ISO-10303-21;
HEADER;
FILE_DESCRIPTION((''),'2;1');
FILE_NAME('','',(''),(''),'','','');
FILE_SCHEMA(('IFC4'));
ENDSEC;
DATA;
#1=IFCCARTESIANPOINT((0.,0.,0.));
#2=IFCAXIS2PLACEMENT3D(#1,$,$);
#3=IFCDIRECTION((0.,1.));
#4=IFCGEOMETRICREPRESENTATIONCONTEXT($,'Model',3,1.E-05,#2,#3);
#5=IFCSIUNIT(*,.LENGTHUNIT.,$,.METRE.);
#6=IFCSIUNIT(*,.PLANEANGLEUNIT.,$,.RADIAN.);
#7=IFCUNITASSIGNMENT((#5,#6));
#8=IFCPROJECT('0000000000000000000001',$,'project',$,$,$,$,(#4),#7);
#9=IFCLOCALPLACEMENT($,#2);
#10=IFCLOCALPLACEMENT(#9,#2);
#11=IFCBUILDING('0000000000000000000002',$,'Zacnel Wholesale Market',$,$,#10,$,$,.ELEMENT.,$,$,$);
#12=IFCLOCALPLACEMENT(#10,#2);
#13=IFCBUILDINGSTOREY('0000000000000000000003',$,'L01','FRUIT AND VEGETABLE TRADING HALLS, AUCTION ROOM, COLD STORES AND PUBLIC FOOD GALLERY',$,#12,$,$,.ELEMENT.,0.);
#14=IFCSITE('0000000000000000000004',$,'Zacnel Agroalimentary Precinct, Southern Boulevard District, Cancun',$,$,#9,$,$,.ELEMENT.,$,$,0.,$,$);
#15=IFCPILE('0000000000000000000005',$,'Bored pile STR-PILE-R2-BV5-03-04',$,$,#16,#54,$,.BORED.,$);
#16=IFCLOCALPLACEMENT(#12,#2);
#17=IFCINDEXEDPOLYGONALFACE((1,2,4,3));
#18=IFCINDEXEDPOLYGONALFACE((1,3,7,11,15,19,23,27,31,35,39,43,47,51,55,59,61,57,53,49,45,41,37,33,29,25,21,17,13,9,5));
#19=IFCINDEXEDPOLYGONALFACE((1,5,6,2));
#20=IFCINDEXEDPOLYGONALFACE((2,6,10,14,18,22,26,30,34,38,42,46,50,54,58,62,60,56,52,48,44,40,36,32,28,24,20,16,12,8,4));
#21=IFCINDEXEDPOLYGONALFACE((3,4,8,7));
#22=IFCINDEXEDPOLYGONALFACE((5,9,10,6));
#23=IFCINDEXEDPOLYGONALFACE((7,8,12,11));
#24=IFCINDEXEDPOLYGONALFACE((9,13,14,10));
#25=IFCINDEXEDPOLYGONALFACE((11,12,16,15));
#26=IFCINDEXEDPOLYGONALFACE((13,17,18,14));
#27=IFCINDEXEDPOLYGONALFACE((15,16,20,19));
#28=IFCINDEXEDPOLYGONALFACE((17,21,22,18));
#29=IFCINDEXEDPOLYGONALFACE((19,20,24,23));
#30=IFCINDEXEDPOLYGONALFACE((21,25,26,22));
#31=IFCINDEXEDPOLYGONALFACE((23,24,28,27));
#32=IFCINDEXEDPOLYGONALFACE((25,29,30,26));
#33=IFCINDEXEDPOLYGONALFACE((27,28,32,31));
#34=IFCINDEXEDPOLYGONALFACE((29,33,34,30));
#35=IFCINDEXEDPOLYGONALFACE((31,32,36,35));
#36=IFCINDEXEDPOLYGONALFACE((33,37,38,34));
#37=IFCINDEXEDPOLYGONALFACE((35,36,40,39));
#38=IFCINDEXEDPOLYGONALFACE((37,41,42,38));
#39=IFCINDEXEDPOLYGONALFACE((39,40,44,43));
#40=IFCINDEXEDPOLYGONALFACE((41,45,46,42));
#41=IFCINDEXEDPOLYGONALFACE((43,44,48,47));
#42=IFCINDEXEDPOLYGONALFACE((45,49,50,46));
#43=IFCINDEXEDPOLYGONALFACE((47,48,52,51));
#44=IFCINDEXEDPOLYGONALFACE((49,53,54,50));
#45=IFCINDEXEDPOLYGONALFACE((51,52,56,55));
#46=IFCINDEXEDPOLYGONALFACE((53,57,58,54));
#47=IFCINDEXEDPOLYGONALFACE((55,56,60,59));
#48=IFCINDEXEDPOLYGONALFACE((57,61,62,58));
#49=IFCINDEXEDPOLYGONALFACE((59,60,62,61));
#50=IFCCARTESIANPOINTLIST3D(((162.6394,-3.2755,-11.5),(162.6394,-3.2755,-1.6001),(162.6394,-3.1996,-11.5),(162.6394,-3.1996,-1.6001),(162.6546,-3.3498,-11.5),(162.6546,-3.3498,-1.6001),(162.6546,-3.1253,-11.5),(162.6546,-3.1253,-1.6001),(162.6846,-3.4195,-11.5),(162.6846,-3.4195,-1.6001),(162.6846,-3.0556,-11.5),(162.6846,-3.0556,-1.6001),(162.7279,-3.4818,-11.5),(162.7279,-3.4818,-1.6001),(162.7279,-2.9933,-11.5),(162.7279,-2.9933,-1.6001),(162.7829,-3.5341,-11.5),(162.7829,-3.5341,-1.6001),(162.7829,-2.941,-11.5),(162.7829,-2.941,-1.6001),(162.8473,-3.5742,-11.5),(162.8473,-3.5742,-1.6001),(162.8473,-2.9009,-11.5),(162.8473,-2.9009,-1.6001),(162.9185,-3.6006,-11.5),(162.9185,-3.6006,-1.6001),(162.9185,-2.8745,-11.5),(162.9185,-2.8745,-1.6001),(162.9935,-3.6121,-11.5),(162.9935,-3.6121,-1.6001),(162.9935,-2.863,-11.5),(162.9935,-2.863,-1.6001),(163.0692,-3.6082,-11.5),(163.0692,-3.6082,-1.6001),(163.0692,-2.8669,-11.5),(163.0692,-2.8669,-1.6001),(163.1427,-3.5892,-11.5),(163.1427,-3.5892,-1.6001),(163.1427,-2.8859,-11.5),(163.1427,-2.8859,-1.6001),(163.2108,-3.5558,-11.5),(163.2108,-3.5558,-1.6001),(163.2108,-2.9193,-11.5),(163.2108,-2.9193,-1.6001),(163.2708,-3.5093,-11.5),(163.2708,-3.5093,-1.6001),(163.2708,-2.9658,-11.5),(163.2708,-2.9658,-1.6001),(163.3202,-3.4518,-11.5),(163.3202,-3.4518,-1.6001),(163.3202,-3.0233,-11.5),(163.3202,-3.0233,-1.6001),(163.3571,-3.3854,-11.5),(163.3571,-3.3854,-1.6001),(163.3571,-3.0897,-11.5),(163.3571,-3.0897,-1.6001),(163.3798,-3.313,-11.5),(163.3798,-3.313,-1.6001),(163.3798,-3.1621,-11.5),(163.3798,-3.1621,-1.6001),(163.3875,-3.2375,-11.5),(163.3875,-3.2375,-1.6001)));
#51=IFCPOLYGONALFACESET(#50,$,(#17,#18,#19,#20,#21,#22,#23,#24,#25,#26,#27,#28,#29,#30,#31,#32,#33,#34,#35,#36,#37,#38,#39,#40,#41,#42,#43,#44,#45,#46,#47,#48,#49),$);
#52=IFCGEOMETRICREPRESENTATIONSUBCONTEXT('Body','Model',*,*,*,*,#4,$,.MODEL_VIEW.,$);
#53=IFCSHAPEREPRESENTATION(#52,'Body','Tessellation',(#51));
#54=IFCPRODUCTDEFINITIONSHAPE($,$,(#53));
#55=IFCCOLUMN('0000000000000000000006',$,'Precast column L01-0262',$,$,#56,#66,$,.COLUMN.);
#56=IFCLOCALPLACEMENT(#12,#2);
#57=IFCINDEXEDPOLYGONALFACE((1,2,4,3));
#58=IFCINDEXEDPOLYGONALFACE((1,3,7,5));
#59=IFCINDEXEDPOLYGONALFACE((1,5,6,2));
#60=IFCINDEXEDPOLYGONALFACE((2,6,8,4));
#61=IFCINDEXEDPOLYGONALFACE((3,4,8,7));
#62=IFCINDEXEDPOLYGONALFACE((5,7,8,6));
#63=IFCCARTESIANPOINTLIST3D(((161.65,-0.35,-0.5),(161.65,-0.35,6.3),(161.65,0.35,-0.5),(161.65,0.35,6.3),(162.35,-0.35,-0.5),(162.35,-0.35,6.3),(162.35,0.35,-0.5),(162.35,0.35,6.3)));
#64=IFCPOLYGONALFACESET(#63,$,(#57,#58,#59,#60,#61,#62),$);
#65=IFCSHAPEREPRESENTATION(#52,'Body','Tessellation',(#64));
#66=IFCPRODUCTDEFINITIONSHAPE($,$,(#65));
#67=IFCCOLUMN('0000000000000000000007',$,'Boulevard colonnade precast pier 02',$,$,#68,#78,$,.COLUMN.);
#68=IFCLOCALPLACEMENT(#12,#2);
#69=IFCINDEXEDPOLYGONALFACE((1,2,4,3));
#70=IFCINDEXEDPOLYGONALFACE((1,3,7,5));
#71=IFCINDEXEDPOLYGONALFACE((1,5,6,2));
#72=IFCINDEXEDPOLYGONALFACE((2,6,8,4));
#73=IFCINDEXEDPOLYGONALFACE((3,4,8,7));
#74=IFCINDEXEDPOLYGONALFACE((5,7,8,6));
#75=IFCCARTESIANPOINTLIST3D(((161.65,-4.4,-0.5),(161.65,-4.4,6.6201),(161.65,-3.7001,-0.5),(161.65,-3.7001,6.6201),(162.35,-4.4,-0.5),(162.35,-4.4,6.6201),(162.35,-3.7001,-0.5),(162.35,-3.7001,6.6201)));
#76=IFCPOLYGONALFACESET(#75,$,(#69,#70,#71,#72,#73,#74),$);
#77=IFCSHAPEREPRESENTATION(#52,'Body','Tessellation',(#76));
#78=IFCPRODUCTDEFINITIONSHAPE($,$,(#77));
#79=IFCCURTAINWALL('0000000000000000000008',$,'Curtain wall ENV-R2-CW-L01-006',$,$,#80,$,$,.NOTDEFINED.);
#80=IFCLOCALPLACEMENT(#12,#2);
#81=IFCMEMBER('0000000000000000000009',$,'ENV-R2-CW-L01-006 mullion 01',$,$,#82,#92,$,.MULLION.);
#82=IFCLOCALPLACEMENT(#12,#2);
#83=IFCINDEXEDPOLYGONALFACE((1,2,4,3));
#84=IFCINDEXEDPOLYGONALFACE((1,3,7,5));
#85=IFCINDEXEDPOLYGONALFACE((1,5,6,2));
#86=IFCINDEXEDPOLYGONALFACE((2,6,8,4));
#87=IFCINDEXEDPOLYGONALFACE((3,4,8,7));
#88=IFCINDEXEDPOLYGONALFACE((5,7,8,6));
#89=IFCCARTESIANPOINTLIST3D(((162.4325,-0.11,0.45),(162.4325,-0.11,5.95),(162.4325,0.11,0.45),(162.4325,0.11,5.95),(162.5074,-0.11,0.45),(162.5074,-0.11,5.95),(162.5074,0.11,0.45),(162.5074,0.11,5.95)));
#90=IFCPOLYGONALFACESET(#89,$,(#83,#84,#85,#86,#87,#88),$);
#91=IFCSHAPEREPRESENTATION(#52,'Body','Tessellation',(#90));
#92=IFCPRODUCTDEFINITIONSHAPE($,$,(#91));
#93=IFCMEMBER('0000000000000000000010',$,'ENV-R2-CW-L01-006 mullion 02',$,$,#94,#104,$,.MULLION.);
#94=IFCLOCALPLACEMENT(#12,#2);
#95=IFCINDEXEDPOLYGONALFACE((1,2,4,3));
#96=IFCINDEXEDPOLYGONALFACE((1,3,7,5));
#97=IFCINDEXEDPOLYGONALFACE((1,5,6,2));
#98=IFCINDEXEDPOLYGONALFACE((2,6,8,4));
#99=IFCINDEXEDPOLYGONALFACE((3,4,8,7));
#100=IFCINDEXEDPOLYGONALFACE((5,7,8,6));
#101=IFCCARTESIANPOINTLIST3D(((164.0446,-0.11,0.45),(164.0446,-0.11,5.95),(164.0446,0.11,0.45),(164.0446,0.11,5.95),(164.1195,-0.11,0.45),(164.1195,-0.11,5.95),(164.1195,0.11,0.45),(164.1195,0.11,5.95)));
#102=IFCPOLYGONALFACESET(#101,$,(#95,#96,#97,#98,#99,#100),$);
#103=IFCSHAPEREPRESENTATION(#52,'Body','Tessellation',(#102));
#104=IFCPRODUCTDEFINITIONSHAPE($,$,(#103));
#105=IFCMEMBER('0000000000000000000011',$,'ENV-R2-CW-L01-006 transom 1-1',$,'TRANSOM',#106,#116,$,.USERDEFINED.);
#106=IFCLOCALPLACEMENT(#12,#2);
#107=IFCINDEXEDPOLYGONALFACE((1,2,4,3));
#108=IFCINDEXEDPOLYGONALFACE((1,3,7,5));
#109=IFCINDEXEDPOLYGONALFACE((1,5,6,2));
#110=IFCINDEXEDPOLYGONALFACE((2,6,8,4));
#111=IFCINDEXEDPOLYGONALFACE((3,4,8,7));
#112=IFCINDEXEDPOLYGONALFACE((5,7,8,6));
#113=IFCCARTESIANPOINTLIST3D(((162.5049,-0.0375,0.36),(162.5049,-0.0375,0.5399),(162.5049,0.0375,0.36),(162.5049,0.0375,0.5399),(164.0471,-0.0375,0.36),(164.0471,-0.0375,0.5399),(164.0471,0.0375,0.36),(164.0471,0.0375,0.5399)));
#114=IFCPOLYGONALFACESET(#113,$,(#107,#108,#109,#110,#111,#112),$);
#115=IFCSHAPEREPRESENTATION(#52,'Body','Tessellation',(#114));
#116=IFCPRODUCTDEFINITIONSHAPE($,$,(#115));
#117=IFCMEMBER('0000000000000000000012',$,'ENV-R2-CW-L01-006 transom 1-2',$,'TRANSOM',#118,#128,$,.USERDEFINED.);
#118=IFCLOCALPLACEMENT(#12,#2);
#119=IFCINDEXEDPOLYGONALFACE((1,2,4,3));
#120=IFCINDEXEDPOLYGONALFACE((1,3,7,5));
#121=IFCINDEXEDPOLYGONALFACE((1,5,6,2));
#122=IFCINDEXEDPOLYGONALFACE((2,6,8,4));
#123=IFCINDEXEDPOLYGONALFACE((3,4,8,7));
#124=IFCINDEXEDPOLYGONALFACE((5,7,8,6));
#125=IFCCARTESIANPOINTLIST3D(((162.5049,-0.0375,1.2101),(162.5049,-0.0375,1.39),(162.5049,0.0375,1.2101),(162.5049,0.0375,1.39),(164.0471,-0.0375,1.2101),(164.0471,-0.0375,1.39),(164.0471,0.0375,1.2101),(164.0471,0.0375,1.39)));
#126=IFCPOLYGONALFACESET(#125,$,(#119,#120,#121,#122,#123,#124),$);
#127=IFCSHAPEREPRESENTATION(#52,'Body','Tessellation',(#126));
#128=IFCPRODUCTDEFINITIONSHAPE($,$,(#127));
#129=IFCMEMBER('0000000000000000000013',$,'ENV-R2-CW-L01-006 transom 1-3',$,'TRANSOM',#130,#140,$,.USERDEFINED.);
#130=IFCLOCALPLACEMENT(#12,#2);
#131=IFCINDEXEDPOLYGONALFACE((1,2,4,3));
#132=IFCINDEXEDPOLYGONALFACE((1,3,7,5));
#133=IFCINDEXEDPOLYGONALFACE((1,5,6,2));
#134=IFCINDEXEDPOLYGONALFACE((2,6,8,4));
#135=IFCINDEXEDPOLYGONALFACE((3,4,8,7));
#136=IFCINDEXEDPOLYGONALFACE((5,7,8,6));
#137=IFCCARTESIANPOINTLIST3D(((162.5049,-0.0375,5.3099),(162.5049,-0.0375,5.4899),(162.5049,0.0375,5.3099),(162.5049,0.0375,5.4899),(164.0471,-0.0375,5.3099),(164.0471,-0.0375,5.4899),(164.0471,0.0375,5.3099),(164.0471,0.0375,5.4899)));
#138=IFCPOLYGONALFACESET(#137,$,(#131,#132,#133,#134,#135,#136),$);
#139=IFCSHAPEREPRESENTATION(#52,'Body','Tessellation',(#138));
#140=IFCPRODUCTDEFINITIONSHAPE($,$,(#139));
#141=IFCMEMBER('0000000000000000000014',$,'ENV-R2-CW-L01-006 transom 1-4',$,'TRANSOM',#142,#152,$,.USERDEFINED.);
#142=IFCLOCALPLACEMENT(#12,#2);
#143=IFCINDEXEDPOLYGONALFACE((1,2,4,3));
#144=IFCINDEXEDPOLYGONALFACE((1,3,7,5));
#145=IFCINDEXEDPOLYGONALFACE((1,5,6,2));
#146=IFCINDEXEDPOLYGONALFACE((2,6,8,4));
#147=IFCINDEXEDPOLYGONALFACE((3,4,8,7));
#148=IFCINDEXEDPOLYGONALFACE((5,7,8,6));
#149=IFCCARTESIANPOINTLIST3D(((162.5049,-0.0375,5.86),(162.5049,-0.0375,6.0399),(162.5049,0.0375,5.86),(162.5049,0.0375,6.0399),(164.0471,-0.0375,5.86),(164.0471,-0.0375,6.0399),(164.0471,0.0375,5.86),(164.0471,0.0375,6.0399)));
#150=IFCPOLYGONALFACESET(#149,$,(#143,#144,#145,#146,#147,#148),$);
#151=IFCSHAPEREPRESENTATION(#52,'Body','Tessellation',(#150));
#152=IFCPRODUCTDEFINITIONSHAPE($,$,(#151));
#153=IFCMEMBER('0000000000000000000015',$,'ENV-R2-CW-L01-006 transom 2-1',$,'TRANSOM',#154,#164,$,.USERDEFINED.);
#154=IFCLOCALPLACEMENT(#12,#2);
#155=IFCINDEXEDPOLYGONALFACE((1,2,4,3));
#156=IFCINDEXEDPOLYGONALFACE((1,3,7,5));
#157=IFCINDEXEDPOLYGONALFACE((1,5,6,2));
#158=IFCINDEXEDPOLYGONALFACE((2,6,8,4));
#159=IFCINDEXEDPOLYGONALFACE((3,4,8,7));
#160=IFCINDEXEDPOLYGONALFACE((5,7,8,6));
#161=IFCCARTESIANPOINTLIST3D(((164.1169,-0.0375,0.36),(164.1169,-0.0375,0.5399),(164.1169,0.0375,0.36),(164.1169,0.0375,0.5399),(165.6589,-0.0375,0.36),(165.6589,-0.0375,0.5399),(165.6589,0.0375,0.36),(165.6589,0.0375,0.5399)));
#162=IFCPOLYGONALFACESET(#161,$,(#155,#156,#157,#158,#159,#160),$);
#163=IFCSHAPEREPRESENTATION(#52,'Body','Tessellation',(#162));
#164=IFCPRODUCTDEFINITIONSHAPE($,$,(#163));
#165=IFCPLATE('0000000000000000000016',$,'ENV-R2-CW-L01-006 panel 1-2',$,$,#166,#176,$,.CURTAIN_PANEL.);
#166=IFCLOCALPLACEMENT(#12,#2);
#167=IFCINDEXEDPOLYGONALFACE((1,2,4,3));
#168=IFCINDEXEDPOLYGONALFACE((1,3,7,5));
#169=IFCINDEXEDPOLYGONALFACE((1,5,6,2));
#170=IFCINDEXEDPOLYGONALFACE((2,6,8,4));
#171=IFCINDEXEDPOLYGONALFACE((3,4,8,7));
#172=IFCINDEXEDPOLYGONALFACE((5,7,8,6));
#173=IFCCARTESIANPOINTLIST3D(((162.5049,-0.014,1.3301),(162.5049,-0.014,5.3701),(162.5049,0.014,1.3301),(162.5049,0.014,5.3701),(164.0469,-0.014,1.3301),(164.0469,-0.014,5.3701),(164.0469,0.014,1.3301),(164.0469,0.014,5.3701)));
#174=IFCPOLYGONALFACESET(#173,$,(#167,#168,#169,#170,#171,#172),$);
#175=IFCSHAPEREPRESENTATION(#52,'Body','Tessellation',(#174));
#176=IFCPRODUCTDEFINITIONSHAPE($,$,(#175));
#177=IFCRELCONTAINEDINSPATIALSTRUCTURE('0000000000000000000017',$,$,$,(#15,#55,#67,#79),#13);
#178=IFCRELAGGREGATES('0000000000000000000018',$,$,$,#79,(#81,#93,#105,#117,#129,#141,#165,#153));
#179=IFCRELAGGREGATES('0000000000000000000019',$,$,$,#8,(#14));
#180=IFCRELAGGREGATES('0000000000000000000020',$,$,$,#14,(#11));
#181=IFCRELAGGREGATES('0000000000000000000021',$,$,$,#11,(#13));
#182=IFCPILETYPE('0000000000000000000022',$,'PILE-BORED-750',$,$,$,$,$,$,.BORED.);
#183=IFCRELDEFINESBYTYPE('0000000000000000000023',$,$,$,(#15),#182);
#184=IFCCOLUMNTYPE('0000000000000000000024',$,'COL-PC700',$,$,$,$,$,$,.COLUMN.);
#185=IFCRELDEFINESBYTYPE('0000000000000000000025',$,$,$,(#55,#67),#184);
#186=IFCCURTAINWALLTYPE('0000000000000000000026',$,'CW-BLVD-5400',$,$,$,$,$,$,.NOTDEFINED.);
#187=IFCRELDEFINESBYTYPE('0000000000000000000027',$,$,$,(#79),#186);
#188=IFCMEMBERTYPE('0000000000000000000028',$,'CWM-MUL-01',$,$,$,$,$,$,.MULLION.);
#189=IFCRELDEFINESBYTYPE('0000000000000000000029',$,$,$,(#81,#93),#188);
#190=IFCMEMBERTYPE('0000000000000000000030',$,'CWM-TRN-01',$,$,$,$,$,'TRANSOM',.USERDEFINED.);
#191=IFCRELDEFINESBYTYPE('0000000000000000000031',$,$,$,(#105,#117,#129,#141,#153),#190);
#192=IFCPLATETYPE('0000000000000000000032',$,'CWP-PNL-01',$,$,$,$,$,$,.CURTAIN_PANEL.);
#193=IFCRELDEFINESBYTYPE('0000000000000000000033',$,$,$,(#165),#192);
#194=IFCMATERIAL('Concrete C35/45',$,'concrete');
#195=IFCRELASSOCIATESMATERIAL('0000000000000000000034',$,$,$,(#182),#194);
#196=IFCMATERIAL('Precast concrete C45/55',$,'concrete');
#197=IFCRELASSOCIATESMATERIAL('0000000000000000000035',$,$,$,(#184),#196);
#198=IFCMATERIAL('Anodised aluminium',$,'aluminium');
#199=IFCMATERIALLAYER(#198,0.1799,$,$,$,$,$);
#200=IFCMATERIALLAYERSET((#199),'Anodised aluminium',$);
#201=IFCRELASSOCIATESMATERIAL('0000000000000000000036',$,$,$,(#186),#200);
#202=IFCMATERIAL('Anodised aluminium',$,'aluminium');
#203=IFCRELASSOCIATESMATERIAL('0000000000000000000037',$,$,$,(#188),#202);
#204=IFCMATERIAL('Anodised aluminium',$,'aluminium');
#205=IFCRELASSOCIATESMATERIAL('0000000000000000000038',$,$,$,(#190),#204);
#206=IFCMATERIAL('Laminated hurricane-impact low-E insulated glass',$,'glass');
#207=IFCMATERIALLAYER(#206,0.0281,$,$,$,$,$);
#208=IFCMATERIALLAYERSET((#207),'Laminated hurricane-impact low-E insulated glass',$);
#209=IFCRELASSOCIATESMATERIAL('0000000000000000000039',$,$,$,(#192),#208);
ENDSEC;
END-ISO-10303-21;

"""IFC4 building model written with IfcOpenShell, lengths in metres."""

from ifc_helpers import new_model, si_unit, direction, frame, origin, origin_2d, place, context, subcontext, project, spatial, rectangle, circle, extrude, material, layer, layer_set, material_profile, profile_set, type_object, element, aggregate, save


model = new_model("IFC4")

# Units and contexts
model_context = context("Model", 3, precision=1e-05, world=origin(), true_north=direction((0.0, 1.0)))
body_context = subcontext(model_context, "Body", "Model", "MODEL_VIEW")
ifc_project = project(units=[si_unit("LENGTHUNIT", "METRE"), si_unit("PLANEANGLEUNIT", "RADIAN")], contexts=[model_context])

# Site, building, storey
site_placement = place(None, origin())
site = spatial("IfcSite", under=ifc_project, at=site_placement, Name="Zacnel Agroalimentary Precinct, Southern Boulevard District, Cancun", CompositionType="ELEMENT", RefElevation=0.0)
building_placement = place(site_placement, origin())
building = spatial("IfcBuilding", under=site, at=building_placement, Name="Zacnel Wholesale Market", CompositionType="ELEMENT")
storey_placement = place(building_placement, origin())
storey = spatial("IfcBuildingStorey", under=building, at=storey_placement, Name="L01", Description="FRUIT AND VEGETABLE TRADING HALLS, AUCTION ROOM, COLD STORES AND PUBLIC FOOD GALLERY", CompositionType="ELEMENT", Elevation=0.0)

# Pile
ifc_material_1 = material(Name="Concrete C35/45", Category="concrete")
ifc_material_profile_1 = material_profile(ifc_material_1, circle(Radius=0.375, at=origin_2d()), Name="BORED PILE D750")
ifc_profile_set_1 = profile_set([ifc_material_profile_1], Name="Concrete C35/45")
pile_type_1 = type_object("IfcPileType", Name="PILE-BORED-750", PredefinedType="BORED", material=ifc_profile_set_1)
for number, where, z_axis, x_axis, name in (
    (1, (163.0125, -3.2375, -1.6001), (0.0, 0.0, -1.0), (1.0, 0.0, 0.0), "Bored pile STR-PILE-R2-BV5-03-04"),
):
    element("IfcPile", number, at=place(storey_placement, frame(where, z_axis=z_axis, x_axis=x_axis)), inside=storey, type_object=pile_type_1, Name=name, PredefinedType="BORED", context=body_context, shape_type="SweptSolid", body=[
        extrude(circle(Radius=0.375, at=origin_2d()), origin(), (0.0, 0.0, 1.0), 9.8999),
    ])

# Columns
ifc_material_2 = material(Name="Precast concrete C45/55", Category="concrete")
ifc_material_profile_2 = material_profile(ifc_material_2, rectangle(XDim=0.7, YDim=0.7, at=origin_2d()), Name="PC 700x700")
ifc_profile_set_2 = profile_set([ifc_material_profile_2], Name="Precast concrete C45/55")
column_type = type_object("IfcColumnType", Name="COL-PC700", PredefinedType="COLUMN", material=ifc_profile_set_2)
column_1_placement = place(storey_placement, frame((162.0, 0.0, -0.5), z_axis=(0.0, 0.0, 1.0), x_axis=(1.0, 0.0, 0.0)))
element("IfcColumn", 2, at=column_1_placement, inside=storey, type_object=column_type, Name="Precast column L01-0262", PredefinedType="COLUMN", context=body_context, shape_type="SweptSolid", body=[
    extrude(rectangle(XDim=0.7, YDim=0.7, at=origin_2d()), origin(), (0.0, 0.0, 1.0), 6.8),
])
column_2_placement = place(storey_placement, frame((162.0, -4.05, -0.5), z_axis=(0.0, 0.0, 1.0), x_axis=(1.0, 0.0, 0.0)))
element("IfcColumn", 3, at=column_2_placement, inside=storey, type_object=column_type, Name="Boulevard colonnade precast pier 02", PredefinedType="COLUMN", context=body_context, shape_type="SweptSolid", body=[
    extrude(rectangle(XDim=0.7, YDim=0.7, at=origin_2d()), origin(), (0.0, 0.0, 1.0), 7.1201),
])

# Curtain wall, members, plate
ifc_material_3 = material(Name="Anodised aluminium", Category="aluminium")
ifc_layer_1 = layer(ifc_material_3, 0.1799)
ifc_layer_set_1 = layer_set([ifc_layer_1], Name="Anodised aluminium")
curtain_wall_type = type_object("IfcCurtainWallType", Name="CW-BLVD-5400", PredefinedType="NOTDEFINED", material=ifc_layer_set_1)
curtain_wall_placement = place(storey_placement, origin())
curtain_wall = element("IfcCurtainWall", 4, at=curtain_wall_placement, inside=storey, type_object=curtain_wall_type, Name="Curtain wall ENV-R2-CW-L01-006", PredefinedType="NOTDEFINED")
ifc_material_4 = material(Name="Anodised aluminium", Category="aluminium")
ifc_material_profile_3 = material_profile(ifc_material_4, rectangle(XDim=0.075, YDim=0.22, at=origin_2d()), Name="AW-MULLION 75x220")
ifc_profile_set_3 = profile_set([ifc_material_profile_3], Name="Anodised aluminium")
member_type_1 = type_object("IfcMemberType", Name="CWM-MUL-01", PredefinedType="MULLION", material=ifc_profile_set_3)
member_1_placement = place(storey_placement, frame((162.47, 0.0, 0.45), z_axis=(0.0, 0.0, 1.0), x_axis=(1.0, 0.0, 0.0)))
member_1 = element("IfcMember", 5, at=member_1_placement, type_object=member_type_1, Name="ENV-R2-CW-L01-006 mullion 01", PredefinedType="MULLION", context=body_context, shape_type="SweptSolid", body=[
    extrude(rectangle(XDim=0.075, YDim=0.22, at=origin_2d()), origin(), (0.0, 0.0, 1.0), 5.5),
])
member_2_placement = place(storey_placement, frame((164.082, 0.0, 0.45), z_axis=(0.0, 0.0, 1.0), x_axis=(1.0, 0.0, 0.0)))
member_2 = element("IfcMember", 6, at=member_2_placement, type_object=member_type_1, Name="ENV-R2-CW-L01-006 mullion 02", PredefinedType="MULLION", context=body_context, shape_type="SweptSolid", body=[
    extrude(rectangle(XDim=0.075, YDim=0.22, at=origin_2d()), origin(), (0.0, 0.0, 1.0), 5.5),
])
ifc_material_5 = material(Name="Anodised aluminium", Category="aluminium")
ifc_material_profile_4 = material_profile(ifc_material_5, rectangle(XDim=0.075, YDim=0.1799, at=origin_2d()), Name="AW-TRANSOM 75x180")
ifc_profile_set_4 = profile_set([ifc_material_profile_4], Name="Anodised aluminium")
member_type_2 = type_object("IfcMemberType", Name="CWM-TRN-01", ElementType="TRANSOM", PredefinedType="USERDEFINED", material=ifc_profile_set_4)
member_3_placement = place(storey_placement, frame((162.5049, 0.0, 0.45), z_axis=(1.0, 0.0, 0.0), x_axis=(0.0, 1.0, 0.0)))
member_3 = element("IfcMember", 7, at=member_3_placement, type_object=member_type_2, Name="ENV-R2-CW-L01-006 transom 1-1", ObjectType="TRANSOM", PredefinedType="USERDEFINED", context=body_context, shape_type="SweptSolid", body=[
    extrude(rectangle(XDim=0.075, YDim=0.1799, at=origin_2d()), origin(), (0.0, 0.0, 1.0), 1.5422),
])
member_4_placement = place(storey_placement, frame((162.5049, 0.0, 1.3), z_axis=(1.0, 0.0, 0.0), x_axis=(0.0, 1.0, 0.0)))
member_4 = element("IfcMember", 8, at=member_4_placement, type_object=member_type_2, Name="ENV-R2-CW-L01-006 transom 1-2", ObjectType="TRANSOM", PredefinedType="USERDEFINED", context=body_context, shape_type="SweptSolid", body=[
    extrude(rectangle(XDim=0.075, YDim=0.1799, at=origin_2d()), origin(), (0.0, 0.0, 1.0), 1.5422),
])
member_5_placement = place(storey_placement, frame((162.5049, 0.0, 5.3999), z_axis=(1.0, 0.0, 0.0), x_axis=(0.0, 1.0, 0.0)))
member_5 = element("IfcMember", 9, at=member_5_placement, type_object=member_type_2, Name="ENV-R2-CW-L01-006 transom 1-3", ObjectType="TRANSOM", PredefinedType="USERDEFINED", context=body_context, shape_type="SweptSolid", body=[
    extrude(rectangle(XDim=0.075, YDim=0.1799, at=origin_2d()), origin(), (0.0, 0.0, 1.0), 1.5422),
])
member_6_placement = place(storey_placement, frame((162.5049, 0.0, 5.95), z_axis=(1.0, 0.0, 0.0), x_axis=(0.0, 1.0, 0.0)))
member_6 = element("IfcMember", 10, at=member_6_placement, type_object=member_type_2, Name="ENV-R2-CW-L01-006 transom 1-4", ObjectType="TRANSOM", PredefinedType="USERDEFINED", context=body_context, shape_type="SweptSolid", body=[
    extrude(rectangle(XDim=0.075, YDim=0.1799, at=origin_2d()), origin(), (0.0, 0.0, 1.0), 1.5422),
])
member_7_placement = place(storey_placement, frame((164.1169, 0.0, 0.45), z_axis=(1.0, 0.0, 0.0), x_axis=(0.0, 1.0, 0.0)))
member_7 = element("IfcMember", 11, at=member_7_placement, type_object=member_type_2, Name="ENV-R2-CW-L01-006 transom 2-1", ObjectType="TRANSOM", PredefinedType="USERDEFINED", context=body_context, shape_type="SweptSolid", body=[
    extrude(rectangle(XDim=0.075, YDim=0.1799, at=origin_2d()), origin(), (0.0, 0.0, 1.0), 1.542),
])
ifc_material_6 = material(Name="Laminated hurricane-impact low-E insulated glass", Category="glass")
ifc_layer_2 = layer(ifc_material_6, 0.0281)
ifc_layer_set_2 = layer_set([ifc_layer_2], Name="Laminated hurricane-impact low-E insulated glass")
plate_type_1 = type_object("IfcPlateType", Name="CWP-PNL-01", PredefinedType="CURTAIN_PANEL", material=ifc_layer_set_2)
plate_1_placement = place(storey_placement, frame((163.2759, 0.0, 1.3301), z_axis=(0.0, 0.0, 1.0), x_axis=(1.0, 0.0, 0.0)))
plate_1 = element("IfcPlate", 12, at=plate_1_placement, type_object=plate_type_1, Name="ENV-R2-CW-L01-006 panel 1-2", PredefinedType="CURTAIN_PANEL", context=body_context, shape_type="SweptSolid", body=[
    extrude(rectangle(XDim=1.542, YDim=0.0281, at=origin_2d()), origin(), (0.0, 0.0, 1.0), 4.04),
])
aggregate(curtain_wall, [member_1, member_2, member_3, member_4, member_5, member_6, plate_1, member_7])

save(model, "model.ifc")
